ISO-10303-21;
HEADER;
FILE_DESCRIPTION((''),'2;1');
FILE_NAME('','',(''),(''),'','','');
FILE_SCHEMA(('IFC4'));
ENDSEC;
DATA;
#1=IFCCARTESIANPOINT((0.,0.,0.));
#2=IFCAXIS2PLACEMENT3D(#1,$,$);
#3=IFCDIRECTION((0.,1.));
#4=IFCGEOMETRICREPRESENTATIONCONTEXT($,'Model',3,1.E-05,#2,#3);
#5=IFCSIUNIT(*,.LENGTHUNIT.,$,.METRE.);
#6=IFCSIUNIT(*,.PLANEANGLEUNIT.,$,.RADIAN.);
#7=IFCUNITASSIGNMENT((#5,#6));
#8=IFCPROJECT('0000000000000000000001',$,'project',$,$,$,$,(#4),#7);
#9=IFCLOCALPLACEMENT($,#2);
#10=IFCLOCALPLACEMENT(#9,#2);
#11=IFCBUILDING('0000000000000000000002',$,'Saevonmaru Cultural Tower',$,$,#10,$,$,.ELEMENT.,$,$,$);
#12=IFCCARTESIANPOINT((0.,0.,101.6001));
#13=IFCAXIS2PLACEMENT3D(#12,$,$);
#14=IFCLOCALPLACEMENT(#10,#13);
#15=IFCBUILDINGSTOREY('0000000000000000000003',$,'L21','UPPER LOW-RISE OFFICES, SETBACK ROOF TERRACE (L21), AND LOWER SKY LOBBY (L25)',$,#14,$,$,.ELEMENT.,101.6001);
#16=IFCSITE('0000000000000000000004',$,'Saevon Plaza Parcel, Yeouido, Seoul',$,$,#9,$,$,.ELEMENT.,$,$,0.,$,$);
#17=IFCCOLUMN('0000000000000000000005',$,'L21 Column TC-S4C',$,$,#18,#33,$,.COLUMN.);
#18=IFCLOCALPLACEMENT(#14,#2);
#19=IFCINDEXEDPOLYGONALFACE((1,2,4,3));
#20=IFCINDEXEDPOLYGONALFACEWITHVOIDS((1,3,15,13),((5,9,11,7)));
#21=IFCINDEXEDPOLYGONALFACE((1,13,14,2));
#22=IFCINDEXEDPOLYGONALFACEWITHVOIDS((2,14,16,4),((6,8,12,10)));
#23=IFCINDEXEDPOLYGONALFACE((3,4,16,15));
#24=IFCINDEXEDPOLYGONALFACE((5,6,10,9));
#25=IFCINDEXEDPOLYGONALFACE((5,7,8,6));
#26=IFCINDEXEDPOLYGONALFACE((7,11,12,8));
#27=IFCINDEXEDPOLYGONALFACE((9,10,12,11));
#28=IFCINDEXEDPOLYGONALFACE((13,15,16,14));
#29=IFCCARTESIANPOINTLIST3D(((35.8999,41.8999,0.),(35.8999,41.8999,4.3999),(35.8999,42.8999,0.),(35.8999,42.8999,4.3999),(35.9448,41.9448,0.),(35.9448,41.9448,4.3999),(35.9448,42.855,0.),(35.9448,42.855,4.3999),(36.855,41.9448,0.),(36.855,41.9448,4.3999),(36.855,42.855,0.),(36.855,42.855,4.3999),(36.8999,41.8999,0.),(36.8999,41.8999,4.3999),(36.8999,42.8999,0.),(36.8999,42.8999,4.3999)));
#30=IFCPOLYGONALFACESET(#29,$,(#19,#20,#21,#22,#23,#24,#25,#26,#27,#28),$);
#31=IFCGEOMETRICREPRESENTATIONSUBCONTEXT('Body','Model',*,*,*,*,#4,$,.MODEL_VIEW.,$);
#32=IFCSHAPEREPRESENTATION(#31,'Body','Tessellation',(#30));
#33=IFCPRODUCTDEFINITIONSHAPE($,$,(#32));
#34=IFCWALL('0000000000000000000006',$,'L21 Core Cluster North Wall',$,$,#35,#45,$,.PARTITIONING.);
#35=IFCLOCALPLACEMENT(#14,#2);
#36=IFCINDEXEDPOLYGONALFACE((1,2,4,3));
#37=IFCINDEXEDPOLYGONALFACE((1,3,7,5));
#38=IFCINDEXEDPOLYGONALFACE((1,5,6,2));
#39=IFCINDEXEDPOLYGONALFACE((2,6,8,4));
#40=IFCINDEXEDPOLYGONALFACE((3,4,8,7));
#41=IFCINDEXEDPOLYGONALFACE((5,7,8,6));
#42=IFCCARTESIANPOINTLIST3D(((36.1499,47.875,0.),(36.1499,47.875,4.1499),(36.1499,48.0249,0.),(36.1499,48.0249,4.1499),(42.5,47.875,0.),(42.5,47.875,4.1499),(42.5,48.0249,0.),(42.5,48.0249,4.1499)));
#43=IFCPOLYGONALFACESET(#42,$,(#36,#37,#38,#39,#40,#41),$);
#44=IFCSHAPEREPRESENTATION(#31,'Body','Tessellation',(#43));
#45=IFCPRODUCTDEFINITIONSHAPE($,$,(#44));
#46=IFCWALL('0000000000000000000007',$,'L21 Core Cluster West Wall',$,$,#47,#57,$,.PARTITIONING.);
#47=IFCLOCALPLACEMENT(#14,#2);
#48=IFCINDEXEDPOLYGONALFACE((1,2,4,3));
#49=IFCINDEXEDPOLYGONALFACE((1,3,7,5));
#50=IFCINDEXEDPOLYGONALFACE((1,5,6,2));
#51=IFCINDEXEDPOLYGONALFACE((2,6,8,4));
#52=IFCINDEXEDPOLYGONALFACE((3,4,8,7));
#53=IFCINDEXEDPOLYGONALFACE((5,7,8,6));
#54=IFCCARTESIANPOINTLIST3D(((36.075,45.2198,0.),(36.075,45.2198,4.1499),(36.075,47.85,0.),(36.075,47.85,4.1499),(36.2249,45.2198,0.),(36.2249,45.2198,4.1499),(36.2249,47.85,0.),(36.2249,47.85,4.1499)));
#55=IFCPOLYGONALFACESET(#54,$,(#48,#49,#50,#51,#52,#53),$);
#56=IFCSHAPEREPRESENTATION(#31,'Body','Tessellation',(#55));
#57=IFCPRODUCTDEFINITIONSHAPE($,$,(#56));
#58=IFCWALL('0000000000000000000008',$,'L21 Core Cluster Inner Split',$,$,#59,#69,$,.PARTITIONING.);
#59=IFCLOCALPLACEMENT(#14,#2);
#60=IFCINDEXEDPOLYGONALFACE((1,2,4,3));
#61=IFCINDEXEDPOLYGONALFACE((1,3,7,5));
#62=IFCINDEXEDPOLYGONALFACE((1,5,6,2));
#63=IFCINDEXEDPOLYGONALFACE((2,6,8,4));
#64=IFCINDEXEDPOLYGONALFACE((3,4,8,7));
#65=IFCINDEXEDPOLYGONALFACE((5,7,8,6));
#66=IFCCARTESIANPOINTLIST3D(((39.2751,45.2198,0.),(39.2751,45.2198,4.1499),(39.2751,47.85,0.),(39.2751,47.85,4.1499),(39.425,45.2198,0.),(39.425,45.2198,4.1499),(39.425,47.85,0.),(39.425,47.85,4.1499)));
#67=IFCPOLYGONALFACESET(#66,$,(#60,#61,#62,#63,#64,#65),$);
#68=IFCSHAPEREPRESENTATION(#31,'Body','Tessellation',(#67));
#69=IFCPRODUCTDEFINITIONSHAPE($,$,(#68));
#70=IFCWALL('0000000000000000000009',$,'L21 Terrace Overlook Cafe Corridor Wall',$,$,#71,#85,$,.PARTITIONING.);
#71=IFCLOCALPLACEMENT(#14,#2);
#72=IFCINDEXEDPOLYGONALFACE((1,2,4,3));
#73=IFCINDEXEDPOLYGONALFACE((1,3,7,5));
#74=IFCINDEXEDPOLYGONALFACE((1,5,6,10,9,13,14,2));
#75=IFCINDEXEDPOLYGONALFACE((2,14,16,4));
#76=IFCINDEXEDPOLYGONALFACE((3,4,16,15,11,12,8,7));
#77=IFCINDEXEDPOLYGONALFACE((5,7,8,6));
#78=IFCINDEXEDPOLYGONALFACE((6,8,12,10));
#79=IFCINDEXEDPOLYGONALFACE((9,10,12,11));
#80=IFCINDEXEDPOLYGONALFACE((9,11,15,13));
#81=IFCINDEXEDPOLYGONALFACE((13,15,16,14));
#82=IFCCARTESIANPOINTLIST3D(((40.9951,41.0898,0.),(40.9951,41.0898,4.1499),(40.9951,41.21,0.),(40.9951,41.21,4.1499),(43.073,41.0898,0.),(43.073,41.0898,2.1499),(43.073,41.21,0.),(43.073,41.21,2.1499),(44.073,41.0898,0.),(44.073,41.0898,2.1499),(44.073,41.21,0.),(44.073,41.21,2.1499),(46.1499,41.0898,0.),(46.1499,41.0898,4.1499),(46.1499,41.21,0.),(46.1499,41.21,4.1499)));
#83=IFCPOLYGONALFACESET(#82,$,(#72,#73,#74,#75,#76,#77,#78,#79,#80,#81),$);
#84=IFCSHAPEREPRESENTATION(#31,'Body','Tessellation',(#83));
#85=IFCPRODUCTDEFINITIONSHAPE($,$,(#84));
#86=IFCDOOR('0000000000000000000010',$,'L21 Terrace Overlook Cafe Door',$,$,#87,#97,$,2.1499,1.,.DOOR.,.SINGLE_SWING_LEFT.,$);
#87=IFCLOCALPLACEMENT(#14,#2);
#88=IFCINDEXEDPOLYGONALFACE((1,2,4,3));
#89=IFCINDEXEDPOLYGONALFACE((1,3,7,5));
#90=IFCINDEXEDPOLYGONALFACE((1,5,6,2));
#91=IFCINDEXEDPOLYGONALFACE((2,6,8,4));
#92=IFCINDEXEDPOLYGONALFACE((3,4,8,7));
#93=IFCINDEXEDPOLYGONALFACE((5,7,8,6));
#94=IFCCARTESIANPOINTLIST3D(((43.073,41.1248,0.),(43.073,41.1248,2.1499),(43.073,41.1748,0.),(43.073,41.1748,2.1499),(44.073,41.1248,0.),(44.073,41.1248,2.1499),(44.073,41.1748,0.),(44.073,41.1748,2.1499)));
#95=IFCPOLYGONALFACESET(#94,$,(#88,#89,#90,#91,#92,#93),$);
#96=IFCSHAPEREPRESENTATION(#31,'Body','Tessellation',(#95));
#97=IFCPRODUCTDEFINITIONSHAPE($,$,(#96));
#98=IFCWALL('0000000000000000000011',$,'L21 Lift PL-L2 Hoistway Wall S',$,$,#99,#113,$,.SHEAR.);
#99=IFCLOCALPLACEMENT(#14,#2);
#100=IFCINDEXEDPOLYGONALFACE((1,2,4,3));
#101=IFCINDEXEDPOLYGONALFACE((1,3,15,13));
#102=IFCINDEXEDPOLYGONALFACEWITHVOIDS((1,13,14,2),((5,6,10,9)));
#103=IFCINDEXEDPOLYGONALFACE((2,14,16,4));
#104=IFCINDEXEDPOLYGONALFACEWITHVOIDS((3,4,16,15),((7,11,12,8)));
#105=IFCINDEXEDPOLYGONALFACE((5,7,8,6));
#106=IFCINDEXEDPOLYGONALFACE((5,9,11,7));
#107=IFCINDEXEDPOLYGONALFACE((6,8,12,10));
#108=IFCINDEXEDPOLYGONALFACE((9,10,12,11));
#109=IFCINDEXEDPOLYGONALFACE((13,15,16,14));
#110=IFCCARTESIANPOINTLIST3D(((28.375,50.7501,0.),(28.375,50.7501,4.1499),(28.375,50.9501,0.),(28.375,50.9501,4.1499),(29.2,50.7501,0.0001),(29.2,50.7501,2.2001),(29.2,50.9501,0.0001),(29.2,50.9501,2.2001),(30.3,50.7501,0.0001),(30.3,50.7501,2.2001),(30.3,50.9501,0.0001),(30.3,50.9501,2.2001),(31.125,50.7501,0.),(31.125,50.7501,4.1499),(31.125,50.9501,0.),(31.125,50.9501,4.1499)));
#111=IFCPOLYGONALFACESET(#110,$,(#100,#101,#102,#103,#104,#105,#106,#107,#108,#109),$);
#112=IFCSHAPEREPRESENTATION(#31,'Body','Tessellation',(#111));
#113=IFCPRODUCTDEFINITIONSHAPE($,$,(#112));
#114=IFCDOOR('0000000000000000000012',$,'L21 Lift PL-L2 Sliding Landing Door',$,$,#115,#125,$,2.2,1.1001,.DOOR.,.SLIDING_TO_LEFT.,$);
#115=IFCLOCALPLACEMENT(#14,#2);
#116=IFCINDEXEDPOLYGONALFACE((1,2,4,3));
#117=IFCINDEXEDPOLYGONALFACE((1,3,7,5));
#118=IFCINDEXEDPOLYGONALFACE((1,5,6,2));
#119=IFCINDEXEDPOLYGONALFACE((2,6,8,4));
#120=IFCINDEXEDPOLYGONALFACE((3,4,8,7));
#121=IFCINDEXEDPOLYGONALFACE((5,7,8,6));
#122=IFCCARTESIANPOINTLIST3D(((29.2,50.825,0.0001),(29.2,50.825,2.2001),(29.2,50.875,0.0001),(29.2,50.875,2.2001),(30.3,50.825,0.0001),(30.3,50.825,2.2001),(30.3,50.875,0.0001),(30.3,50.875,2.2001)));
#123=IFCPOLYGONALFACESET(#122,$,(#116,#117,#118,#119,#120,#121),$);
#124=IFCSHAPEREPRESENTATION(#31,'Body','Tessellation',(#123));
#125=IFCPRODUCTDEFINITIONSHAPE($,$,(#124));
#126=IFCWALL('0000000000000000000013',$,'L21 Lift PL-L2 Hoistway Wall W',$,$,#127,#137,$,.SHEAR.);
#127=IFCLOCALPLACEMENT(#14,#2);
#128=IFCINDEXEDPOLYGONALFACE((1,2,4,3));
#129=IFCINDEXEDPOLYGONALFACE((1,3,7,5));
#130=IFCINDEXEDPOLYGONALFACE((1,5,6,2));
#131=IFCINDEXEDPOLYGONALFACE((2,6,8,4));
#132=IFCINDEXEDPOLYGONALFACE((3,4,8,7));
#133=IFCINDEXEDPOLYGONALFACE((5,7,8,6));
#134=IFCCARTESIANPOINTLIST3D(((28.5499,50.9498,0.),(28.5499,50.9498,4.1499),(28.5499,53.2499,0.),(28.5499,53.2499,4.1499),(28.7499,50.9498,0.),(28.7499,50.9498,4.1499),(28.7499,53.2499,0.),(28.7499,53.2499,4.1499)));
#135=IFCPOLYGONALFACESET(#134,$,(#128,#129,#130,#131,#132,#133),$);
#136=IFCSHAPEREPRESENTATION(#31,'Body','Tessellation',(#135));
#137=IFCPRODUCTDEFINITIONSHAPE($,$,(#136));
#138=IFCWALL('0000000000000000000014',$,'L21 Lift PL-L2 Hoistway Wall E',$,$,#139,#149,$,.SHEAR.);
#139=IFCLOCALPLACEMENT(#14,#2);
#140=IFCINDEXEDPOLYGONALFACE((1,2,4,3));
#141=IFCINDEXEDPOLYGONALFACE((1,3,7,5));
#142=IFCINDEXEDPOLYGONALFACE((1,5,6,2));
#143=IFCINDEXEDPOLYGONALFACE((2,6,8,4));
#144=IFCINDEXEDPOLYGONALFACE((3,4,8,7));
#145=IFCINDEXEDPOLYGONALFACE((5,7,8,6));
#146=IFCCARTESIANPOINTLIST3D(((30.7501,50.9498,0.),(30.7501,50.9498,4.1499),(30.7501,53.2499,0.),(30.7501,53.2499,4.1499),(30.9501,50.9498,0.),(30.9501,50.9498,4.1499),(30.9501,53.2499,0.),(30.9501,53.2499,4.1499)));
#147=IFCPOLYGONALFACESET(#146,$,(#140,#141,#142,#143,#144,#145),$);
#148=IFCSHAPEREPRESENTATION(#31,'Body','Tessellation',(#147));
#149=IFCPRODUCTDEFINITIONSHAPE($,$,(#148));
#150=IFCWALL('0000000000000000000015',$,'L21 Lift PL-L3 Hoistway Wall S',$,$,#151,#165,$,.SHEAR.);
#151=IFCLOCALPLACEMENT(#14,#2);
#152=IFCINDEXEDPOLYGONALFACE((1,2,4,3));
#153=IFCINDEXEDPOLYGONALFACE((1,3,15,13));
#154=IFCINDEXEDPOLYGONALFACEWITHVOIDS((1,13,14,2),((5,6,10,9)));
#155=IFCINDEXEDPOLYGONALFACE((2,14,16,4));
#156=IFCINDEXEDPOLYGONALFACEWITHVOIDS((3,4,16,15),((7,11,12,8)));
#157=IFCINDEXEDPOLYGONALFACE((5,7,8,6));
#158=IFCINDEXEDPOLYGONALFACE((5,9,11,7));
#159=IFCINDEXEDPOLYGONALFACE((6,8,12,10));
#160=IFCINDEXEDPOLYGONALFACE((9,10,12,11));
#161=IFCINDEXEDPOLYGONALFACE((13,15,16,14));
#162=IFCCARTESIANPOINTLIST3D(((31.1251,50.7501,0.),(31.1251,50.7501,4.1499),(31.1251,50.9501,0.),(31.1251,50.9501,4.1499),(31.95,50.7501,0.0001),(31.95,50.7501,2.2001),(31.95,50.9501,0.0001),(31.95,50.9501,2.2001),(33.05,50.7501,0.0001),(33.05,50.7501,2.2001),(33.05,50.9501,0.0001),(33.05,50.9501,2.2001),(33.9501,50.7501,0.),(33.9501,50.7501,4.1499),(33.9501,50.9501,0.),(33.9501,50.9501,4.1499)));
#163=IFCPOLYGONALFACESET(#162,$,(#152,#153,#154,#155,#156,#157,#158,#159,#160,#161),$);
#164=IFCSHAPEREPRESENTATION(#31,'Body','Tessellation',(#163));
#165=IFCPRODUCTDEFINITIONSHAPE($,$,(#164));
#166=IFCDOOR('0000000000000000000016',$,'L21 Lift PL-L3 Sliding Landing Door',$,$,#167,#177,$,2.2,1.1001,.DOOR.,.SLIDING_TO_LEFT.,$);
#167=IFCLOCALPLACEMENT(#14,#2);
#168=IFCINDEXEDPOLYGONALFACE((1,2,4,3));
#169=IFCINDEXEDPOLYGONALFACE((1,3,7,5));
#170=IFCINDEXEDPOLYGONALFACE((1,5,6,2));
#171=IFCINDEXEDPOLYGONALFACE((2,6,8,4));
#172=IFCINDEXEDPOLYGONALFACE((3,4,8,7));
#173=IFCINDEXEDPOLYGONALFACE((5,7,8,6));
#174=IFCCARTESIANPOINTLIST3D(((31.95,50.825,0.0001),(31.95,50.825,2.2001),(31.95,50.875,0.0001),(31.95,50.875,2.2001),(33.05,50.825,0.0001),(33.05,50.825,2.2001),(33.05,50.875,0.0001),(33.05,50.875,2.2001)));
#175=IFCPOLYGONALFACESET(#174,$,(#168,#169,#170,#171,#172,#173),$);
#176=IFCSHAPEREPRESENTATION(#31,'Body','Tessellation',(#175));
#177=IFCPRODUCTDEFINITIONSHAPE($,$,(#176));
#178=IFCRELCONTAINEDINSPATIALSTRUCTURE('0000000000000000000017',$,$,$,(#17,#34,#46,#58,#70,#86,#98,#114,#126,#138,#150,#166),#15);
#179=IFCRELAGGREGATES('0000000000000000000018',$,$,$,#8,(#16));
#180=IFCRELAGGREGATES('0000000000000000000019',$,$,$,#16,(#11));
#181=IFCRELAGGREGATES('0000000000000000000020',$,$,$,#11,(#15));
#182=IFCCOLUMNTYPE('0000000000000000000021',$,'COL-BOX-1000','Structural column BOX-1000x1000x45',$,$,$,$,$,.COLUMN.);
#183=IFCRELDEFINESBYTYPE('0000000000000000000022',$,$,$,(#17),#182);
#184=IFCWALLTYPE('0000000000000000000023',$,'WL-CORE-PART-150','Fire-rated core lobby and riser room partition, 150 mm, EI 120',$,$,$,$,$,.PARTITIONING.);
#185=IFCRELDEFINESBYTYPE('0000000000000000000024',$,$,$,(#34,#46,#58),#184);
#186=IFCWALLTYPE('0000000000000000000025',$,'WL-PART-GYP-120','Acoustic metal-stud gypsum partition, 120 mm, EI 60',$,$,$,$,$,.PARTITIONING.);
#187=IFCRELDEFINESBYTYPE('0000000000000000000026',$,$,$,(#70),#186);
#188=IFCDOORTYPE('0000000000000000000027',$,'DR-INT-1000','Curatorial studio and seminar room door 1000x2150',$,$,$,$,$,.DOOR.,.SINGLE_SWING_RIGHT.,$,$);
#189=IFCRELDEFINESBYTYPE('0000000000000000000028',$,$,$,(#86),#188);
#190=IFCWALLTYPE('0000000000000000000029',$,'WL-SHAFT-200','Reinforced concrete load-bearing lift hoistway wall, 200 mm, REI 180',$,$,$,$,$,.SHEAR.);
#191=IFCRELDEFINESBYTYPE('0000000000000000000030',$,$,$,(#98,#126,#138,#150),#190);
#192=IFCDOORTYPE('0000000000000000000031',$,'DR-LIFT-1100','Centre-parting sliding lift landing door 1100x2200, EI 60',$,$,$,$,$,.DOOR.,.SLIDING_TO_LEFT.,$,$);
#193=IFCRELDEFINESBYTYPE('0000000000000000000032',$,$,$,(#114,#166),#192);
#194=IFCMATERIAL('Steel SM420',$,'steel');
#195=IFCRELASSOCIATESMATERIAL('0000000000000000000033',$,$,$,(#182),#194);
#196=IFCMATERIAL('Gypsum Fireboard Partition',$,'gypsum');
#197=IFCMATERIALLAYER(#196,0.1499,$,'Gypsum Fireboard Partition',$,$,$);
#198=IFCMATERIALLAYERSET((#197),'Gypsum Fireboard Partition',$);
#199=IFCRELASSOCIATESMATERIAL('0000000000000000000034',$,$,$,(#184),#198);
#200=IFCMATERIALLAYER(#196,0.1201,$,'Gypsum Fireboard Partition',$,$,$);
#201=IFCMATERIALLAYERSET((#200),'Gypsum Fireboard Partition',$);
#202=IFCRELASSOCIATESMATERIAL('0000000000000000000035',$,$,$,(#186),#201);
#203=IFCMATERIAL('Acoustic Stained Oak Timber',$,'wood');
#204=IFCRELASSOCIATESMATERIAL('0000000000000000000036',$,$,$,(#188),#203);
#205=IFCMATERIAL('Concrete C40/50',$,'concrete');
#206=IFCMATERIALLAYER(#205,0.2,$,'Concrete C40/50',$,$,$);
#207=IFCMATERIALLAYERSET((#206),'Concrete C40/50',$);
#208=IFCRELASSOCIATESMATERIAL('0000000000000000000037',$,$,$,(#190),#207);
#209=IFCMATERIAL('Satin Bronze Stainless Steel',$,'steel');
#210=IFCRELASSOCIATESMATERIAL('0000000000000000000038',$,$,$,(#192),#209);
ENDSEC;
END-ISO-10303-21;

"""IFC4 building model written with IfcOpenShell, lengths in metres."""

from ifc_helpers import new_model, si_unit, direction, frame, frame_2d, origin, origin_2d, place, context, subcontext, project, spatial, rectangle, hollow_rectangle, extrude, material, layer, layer_set, material_profile, profile_set, type_object, element, fill, save


model = new_model("IFC4")

# Units and contexts
model_context = context("Model", 3, precision=1e-05, world=origin(), true_north=direction((0.0, 1.0)))
body_context = subcontext(model_context, "Body", "Model", "MODEL_VIEW")
ifc_project = project(units=[si_unit("LENGTHUNIT", "METRE"), si_unit("PLANEANGLEUNIT", "RADIAN")], contexts=[model_context])

# Site, building, storey
site_placement = place(None, origin())
site = spatial("IfcSite", under=ifc_project, at=site_placement, Name="Saevon Plaza Parcel, Yeouido, Seoul", CompositionType="ELEMENT", RefElevation=0.0)
building_placement = place(site_placement, origin())
building = spatial("IfcBuilding", under=site, at=building_placement, Name="Saevonmaru Cultural Tower", CompositionType="ELEMENT")
storey_placement = place(building_placement, frame((0.0, 0.0, 101.6001)))
storey = spatial("IfcBuildingStorey", under=building, at=storey_placement, Name="L21", Description="UPPER LOW-RISE OFFICES, SETBACK ROOF TERRACE (L21), AND LOWER SKY LOBBY (L25)", CompositionType="ELEMENT", Elevation=101.6001)

# Column
ifc_material_1 = material(Name="Steel SM420", Category="steel")
ifc_material_profile = material_profile(ifc_material_1, hollow_rectangle(XDim=1.0, YDim=1.0, WallThickness=0.0449, at=origin_2d()), Name="BOX-1000x1000x45")
ifc_profile_set = profile_set([ifc_material_profile], Name="Steel SM420")
column_type = type_object("IfcColumnType", Name="COL-BOX-1000", Description="Structural column BOX-1000x1000x45", PredefinedType="COLUMN", material=ifc_profile_set)
column_placement = place(storey_placement, frame((36.3999, 42.3999, 0.0), z_axis=(0.0, 0.0, 1.0), x_axis=(1.0, 0.0, 0.0)))
element("IfcColumn", 1, at=column_placement, inside=storey, type_object=column_type, Name="L21 Column TC-S4C", PredefinedType="COLUMN", context=body_context, shape_type="SweptSolid", body=[
    extrude(hollow_rectangle(XDim=1.0, YDim=1.0, WallThickness=0.0449, at=origin_2d()), origin(), (0.0, 0.0, 1.0), 4.3999),
])

# Shared definitions
ifc_material_2 = material(Name="Gypsum Fireboard Partition", Category="gypsum")
ifc_layer_1 = layer(ifc_material_2, 0.1499, Name="Gypsum Fireboard Partition")
ifc_layer_set_1 = layer_set([ifc_layer_1], Name="Gypsum Fireboard Partition")
wall_type_1 = type_object("IfcWallType", Name="WL-CORE-PART-150", Description="Fire-rated core lobby and riser room partition, 150 mm, EI 120", PredefinedType="PARTITIONING", material=ifc_layer_set_1)

# Walls
wall_1_placement = place(storey_placement, frame((36.1499, 47.95, 0.0), z_axis=(0.0, 0.0, 1.0), x_axis=(1.0, 0.0, 0.0)))
element("IfcWall", 2, at=wall_1_placement, inside=storey, type_object=wall_type_1, Name="L21 Core Cluster North Wall", PredefinedType="PARTITIONING", context=body_context, shape_type="SweptSolid", body=[
    extrude(rectangle(XDim=6.3501, YDim=0.1499, at=frame_2d((3.175, 0.0))), origin(), (0.0, 0.0, 1.0), 4.1499),
])
for number, where, z_axis, x_axis, name in (
    (3, (36.1499, 45.22, 0.0), (0.0, 0.0, 1.0), (0.0, 1.0, 0.0), "L21 Core Cluster West Wall"),
    (4, (39.3501, 45.22, 0.0), (0.0, 0.0, 1.0), (0.0, 1.0, 0.0), "L21 Core Cluster Inner Split"),
):
    element("IfcWall", number, at=place(storey_placement, frame(where, z_axis=z_axis, x_axis=x_axis)), inside=storey, type_object=wall_type_1, Name=name, PredefinedType="PARTITIONING", context=body_context, shape_type="SweptSolid", body=[
        extrude(rectangle(XDim=2.6301, YDim=0.1499, at=frame_2d((1.3149, 0.0))), origin(), (0.0, 0.0, 1.0), 4.1499),
    ])

# Walls, openings, doors
ifc_layer_2 = layer(ifc_material_2, 0.1201, Name="Gypsum Fireboard Partition")
ifc_layer_set_2 = layer_set([ifc_layer_2], Name="Gypsum Fireboard Partition")
wall_type_2 = type_object("IfcWallType", Name="WL-PART-GYP-120", Description="Acoustic metal-stud gypsum partition, 120 mm, EI 60", PredefinedType="PARTITIONING", material=ifc_layer_set_2)
wall_2_placement = place(storey_placement, frame((40.9951, 41.1499, 0.0), z_axis=(0.0, 0.0, 1.0), x_axis=(1.0, 0.0, 0.0)))
wall_2 = element("IfcWall", 5, at=wall_2_placement, inside=storey, type_object=wall_type_2, Name="L21 Terrace Overlook Cafe Corridor Wall", PredefinedType="PARTITIONING", context=body_context, shape_type="SweptSolid", body=[
    extrude(rectangle(XDim=5.1548, YDim=0.1201, at=frame_2d((2.5774, 0.0))), origin(), (0.0, 0.0, 1.0), 4.1499),
])
opening_1_placement = place(wall_2_placement, frame((2.0779, 0.0, 0.0)))
opening_1 = element("IfcOpeningElement", 6, at=opening_1_placement, cuts=wall_2, PredefinedType="OPENING", context=body_context, shape_type="SweptSolid", body=[
    extrude(rectangle(XDim=1.0, YDim=2.1499, at=frame_2d((0.5, 1.075))), frame((0.0, 0.0701, 0.0), z_axis=(0.0, -1.0, 0.0), x_axis=(1.0, 0.0, 0.0)), (0.0, 0.0, 1.0), 0.1401),
])
ifc_material_3 = material(Name="Acoustic Stained Oak Timber", Category="wood")
door_type_1 = type_object("IfcDoorType", Name="DR-INT-1000", Description="Curatorial studio and seminar room door 1000x2150", OperationType="SINGLE_SWING_RIGHT", PredefinedType="DOOR", material=ifc_material_3)
door_1_placement = place(opening_1_placement, origin())
door_1 = element("IfcDoor", 7, at=door_1_placement, inside=storey, type_object=door_type_1, Name="L21 Terrace Overlook Cafe Door", OperationType="SINGLE_SWING_LEFT", OverallHeight=2.1499, OverallWidth=1.0, PredefinedType="DOOR", context=body_context, shape_type="SweptSolid", body=[
    extrude(rectangle(XDim=1.0, YDim=2.1499, at=frame_2d((0.5, 1.075))), frame((0.0, 0.0249, 0.0), z_axis=(0.0, -1.0, 0.0), x_axis=(1.0, 0.0, 0.0)), (0.0, 0.0, 1.0), 0.05),
])
fill(opening_1, door_1)
ifc_material_4 = material(Name="Concrete C40/50", Category="concrete")
ifc_layer_3 = layer(ifc_material_4, 0.2, Name="Concrete C40/50")
ifc_layer_set_3 = layer_set([ifc_layer_3], Name="Concrete C40/50")
wall_type_3 = type_object("IfcWallType", Name="WL-SHAFT-200", Description="Reinforced concrete load-bearing lift hoistway wall, 200 mm, REI 180", PredefinedType="SHEAR", material=ifc_layer_set_3)
wall_3_placement = place(storey_placement, frame((28.375, 50.8501, 0.0), z_axis=(0.0, 0.0, 1.0), x_axis=(1.0, 0.0, 0.0)))
wall_3 = element("IfcWall", 8, at=wall_3_placement, inside=storey, type_object=wall_type_3, Name="L21 Lift PL-L2 Hoistway Wall S", PredefinedType="SHEAR", context=body_context, shape_type="SweptSolid", body=[
    extrude(rectangle(XDim=2.75, YDim=0.2, at=frame_2d((1.375, 0.0))), origin(), (0.0, 0.0, 1.0), 4.1499),
])
opening_2_placement = place(wall_3_placement, frame((0.825, 0.0, 0.0)))
opening_2 = element("IfcOpeningElement", 9, at=opening_2_placement, cuts=wall_3, PredefinedType="OPENING", context=body_context, shape_type="SweptSolid", body=[
    extrude(rectangle(XDim=1.1001, YDim=2.2, at=frame_2d((0.55, 1.1001))), frame((0.0, 0.1099, 0.0), z_axis=(0.0, -1.0, 0.0), x_axis=(1.0, 0.0, 0.0)), (0.0, 0.0, 1.0), 0.22),
])
ifc_material_5 = material(Name="Satin Bronze Stainless Steel", Category="steel")
door_type_2 = type_object("IfcDoorType", Name="DR-LIFT-1100", Description="Centre-parting sliding lift landing door 1100x2200, EI 60", OperationType="SLIDING_TO_LEFT", PredefinedType="DOOR", material=ifc_material_5)
door_2_placement = place(opening_2_placement, origin())
door_2 = element("IfcDoor", 10, at=door_2_placement, inside=storey, type_object=door_type_2, Name="L21 Lift PL-L2 Sliding Landing Door", OperationType="SLIDING_TO_LEFT", OverallHeight=2.2, OverallWidth=1.1001, PredefinedType="DOOR", context=body_context, shape_type="SweptSolid", body=[
    extrude(rectangle(XDim=1.1001, YDim=2.2, at=frame_2d((0.55, 1.1001))), frame((0.0, 0.0249, 0.0), z_axis=(0.0, -1.0, 0.0), x_axis=(1.0, 0.0, 0.0)), (0.0, 0.0, 1.0), 0.05),
])
fill(opening_2, door_2)

# Walls
for number, where, z_axis, x_axis, name in (
    (11, (28.6499, 50.95, 0.0), (0.0, 0.0, 1.0), (0.0, 1.0, 0.0), "L21 Lift PL-L2 Hoistway Wall W"),
    (12, (30.8501, 50.95, 0.0), (0.0, 0.0, 1.0), (0.0, 1.0, 0.0), "L21 Lift PL-L2 Hoistway Wall E"),
):
    element("IfcWall", number, at=place(storey_placement, frame(where, z_axis=z_axis, x_axis=x_axis)), inside=storey, type_object=wall_type_3, Name=name, PredefinedType="SHEAR", context=body_context, shape_type="SweptSolid", body=[
        extrude(rectangle(XDim=2.3, YDim=0.2, at=frame_2d((1.1499, 0.0))), origin(), (0.0, 0.0, 1.0), 4.1499),
    ])

# Wall, opening, door
wall_4_placement = place(storey_placement, frame((31.125, 50.8501, 0.0), z_axis=(0.0, 0.0, 1.0), x_axis=(1.0, 0.0, 0.0)))
wall_4 = element("IfcWall", 13, at=wall_4_placement, inside=storey, type_object=wall_type_3, Name="L21 Lift PL-L3 Hoistway Wall S", PredefinedType="SHEAR", context=body_context, shape_type="SweptSolid", body=[
    extrude(rectangle(XDim=2.825, YDim=0.2, at=frame_2d((1.4126, 0.0))), origin(), (0.0, 0.0, 1.0), 4.1499),
])
opening_3_placement = place(wall_4_placement, frame((0.825, 0.0, 0.0)))
opening_3 = element("IfcOpeningElement", 14, at=opening_3_placement, cuts=wall_4, PredefinedType="OPENING", context=body_context, shape_type="SweptSolid", body=[
    extrude(rectangle(XDim=1.1001, YDim=2.2, at=frame_2d((0.55, 1.1001))), frame((0.0, 0.1099, 0.0), z_axis=(0.0, -1.0, 0.0), x_axis=(1.0, 0.0, 0.0)), (0.0, 0.0, 1.0), 0.22),
])
door_3_placement = place(opening_3_placement, origin())
door_3 = element("IfcDoor", 15, at=door_3_placement, inside=storey, type_object=door_type_2, Name="L21 Lift PL-L3 Sliding Landing Door", OperationType="SLIDING_TO_LEFT", OverallHeight=2.2, OverallWidth=1.1001, PredefinedType="DOOR", context=body_context, shape_type="SweptSolid", body=[
    extrude(rectangle(XDim=1.1001, YDim=2.2, at=frame_2d((0.55, 1.1001))), frame((0.0, 0.0249, 0.0), z_axis=(0.0, -1.0, 0.0), x_axis=(1.0, 0.0, 0.0)), (0.0, 0.0, 1.0), 0.05),
])
fill(opening_3, door_3)

save(model, "model.ifc")
